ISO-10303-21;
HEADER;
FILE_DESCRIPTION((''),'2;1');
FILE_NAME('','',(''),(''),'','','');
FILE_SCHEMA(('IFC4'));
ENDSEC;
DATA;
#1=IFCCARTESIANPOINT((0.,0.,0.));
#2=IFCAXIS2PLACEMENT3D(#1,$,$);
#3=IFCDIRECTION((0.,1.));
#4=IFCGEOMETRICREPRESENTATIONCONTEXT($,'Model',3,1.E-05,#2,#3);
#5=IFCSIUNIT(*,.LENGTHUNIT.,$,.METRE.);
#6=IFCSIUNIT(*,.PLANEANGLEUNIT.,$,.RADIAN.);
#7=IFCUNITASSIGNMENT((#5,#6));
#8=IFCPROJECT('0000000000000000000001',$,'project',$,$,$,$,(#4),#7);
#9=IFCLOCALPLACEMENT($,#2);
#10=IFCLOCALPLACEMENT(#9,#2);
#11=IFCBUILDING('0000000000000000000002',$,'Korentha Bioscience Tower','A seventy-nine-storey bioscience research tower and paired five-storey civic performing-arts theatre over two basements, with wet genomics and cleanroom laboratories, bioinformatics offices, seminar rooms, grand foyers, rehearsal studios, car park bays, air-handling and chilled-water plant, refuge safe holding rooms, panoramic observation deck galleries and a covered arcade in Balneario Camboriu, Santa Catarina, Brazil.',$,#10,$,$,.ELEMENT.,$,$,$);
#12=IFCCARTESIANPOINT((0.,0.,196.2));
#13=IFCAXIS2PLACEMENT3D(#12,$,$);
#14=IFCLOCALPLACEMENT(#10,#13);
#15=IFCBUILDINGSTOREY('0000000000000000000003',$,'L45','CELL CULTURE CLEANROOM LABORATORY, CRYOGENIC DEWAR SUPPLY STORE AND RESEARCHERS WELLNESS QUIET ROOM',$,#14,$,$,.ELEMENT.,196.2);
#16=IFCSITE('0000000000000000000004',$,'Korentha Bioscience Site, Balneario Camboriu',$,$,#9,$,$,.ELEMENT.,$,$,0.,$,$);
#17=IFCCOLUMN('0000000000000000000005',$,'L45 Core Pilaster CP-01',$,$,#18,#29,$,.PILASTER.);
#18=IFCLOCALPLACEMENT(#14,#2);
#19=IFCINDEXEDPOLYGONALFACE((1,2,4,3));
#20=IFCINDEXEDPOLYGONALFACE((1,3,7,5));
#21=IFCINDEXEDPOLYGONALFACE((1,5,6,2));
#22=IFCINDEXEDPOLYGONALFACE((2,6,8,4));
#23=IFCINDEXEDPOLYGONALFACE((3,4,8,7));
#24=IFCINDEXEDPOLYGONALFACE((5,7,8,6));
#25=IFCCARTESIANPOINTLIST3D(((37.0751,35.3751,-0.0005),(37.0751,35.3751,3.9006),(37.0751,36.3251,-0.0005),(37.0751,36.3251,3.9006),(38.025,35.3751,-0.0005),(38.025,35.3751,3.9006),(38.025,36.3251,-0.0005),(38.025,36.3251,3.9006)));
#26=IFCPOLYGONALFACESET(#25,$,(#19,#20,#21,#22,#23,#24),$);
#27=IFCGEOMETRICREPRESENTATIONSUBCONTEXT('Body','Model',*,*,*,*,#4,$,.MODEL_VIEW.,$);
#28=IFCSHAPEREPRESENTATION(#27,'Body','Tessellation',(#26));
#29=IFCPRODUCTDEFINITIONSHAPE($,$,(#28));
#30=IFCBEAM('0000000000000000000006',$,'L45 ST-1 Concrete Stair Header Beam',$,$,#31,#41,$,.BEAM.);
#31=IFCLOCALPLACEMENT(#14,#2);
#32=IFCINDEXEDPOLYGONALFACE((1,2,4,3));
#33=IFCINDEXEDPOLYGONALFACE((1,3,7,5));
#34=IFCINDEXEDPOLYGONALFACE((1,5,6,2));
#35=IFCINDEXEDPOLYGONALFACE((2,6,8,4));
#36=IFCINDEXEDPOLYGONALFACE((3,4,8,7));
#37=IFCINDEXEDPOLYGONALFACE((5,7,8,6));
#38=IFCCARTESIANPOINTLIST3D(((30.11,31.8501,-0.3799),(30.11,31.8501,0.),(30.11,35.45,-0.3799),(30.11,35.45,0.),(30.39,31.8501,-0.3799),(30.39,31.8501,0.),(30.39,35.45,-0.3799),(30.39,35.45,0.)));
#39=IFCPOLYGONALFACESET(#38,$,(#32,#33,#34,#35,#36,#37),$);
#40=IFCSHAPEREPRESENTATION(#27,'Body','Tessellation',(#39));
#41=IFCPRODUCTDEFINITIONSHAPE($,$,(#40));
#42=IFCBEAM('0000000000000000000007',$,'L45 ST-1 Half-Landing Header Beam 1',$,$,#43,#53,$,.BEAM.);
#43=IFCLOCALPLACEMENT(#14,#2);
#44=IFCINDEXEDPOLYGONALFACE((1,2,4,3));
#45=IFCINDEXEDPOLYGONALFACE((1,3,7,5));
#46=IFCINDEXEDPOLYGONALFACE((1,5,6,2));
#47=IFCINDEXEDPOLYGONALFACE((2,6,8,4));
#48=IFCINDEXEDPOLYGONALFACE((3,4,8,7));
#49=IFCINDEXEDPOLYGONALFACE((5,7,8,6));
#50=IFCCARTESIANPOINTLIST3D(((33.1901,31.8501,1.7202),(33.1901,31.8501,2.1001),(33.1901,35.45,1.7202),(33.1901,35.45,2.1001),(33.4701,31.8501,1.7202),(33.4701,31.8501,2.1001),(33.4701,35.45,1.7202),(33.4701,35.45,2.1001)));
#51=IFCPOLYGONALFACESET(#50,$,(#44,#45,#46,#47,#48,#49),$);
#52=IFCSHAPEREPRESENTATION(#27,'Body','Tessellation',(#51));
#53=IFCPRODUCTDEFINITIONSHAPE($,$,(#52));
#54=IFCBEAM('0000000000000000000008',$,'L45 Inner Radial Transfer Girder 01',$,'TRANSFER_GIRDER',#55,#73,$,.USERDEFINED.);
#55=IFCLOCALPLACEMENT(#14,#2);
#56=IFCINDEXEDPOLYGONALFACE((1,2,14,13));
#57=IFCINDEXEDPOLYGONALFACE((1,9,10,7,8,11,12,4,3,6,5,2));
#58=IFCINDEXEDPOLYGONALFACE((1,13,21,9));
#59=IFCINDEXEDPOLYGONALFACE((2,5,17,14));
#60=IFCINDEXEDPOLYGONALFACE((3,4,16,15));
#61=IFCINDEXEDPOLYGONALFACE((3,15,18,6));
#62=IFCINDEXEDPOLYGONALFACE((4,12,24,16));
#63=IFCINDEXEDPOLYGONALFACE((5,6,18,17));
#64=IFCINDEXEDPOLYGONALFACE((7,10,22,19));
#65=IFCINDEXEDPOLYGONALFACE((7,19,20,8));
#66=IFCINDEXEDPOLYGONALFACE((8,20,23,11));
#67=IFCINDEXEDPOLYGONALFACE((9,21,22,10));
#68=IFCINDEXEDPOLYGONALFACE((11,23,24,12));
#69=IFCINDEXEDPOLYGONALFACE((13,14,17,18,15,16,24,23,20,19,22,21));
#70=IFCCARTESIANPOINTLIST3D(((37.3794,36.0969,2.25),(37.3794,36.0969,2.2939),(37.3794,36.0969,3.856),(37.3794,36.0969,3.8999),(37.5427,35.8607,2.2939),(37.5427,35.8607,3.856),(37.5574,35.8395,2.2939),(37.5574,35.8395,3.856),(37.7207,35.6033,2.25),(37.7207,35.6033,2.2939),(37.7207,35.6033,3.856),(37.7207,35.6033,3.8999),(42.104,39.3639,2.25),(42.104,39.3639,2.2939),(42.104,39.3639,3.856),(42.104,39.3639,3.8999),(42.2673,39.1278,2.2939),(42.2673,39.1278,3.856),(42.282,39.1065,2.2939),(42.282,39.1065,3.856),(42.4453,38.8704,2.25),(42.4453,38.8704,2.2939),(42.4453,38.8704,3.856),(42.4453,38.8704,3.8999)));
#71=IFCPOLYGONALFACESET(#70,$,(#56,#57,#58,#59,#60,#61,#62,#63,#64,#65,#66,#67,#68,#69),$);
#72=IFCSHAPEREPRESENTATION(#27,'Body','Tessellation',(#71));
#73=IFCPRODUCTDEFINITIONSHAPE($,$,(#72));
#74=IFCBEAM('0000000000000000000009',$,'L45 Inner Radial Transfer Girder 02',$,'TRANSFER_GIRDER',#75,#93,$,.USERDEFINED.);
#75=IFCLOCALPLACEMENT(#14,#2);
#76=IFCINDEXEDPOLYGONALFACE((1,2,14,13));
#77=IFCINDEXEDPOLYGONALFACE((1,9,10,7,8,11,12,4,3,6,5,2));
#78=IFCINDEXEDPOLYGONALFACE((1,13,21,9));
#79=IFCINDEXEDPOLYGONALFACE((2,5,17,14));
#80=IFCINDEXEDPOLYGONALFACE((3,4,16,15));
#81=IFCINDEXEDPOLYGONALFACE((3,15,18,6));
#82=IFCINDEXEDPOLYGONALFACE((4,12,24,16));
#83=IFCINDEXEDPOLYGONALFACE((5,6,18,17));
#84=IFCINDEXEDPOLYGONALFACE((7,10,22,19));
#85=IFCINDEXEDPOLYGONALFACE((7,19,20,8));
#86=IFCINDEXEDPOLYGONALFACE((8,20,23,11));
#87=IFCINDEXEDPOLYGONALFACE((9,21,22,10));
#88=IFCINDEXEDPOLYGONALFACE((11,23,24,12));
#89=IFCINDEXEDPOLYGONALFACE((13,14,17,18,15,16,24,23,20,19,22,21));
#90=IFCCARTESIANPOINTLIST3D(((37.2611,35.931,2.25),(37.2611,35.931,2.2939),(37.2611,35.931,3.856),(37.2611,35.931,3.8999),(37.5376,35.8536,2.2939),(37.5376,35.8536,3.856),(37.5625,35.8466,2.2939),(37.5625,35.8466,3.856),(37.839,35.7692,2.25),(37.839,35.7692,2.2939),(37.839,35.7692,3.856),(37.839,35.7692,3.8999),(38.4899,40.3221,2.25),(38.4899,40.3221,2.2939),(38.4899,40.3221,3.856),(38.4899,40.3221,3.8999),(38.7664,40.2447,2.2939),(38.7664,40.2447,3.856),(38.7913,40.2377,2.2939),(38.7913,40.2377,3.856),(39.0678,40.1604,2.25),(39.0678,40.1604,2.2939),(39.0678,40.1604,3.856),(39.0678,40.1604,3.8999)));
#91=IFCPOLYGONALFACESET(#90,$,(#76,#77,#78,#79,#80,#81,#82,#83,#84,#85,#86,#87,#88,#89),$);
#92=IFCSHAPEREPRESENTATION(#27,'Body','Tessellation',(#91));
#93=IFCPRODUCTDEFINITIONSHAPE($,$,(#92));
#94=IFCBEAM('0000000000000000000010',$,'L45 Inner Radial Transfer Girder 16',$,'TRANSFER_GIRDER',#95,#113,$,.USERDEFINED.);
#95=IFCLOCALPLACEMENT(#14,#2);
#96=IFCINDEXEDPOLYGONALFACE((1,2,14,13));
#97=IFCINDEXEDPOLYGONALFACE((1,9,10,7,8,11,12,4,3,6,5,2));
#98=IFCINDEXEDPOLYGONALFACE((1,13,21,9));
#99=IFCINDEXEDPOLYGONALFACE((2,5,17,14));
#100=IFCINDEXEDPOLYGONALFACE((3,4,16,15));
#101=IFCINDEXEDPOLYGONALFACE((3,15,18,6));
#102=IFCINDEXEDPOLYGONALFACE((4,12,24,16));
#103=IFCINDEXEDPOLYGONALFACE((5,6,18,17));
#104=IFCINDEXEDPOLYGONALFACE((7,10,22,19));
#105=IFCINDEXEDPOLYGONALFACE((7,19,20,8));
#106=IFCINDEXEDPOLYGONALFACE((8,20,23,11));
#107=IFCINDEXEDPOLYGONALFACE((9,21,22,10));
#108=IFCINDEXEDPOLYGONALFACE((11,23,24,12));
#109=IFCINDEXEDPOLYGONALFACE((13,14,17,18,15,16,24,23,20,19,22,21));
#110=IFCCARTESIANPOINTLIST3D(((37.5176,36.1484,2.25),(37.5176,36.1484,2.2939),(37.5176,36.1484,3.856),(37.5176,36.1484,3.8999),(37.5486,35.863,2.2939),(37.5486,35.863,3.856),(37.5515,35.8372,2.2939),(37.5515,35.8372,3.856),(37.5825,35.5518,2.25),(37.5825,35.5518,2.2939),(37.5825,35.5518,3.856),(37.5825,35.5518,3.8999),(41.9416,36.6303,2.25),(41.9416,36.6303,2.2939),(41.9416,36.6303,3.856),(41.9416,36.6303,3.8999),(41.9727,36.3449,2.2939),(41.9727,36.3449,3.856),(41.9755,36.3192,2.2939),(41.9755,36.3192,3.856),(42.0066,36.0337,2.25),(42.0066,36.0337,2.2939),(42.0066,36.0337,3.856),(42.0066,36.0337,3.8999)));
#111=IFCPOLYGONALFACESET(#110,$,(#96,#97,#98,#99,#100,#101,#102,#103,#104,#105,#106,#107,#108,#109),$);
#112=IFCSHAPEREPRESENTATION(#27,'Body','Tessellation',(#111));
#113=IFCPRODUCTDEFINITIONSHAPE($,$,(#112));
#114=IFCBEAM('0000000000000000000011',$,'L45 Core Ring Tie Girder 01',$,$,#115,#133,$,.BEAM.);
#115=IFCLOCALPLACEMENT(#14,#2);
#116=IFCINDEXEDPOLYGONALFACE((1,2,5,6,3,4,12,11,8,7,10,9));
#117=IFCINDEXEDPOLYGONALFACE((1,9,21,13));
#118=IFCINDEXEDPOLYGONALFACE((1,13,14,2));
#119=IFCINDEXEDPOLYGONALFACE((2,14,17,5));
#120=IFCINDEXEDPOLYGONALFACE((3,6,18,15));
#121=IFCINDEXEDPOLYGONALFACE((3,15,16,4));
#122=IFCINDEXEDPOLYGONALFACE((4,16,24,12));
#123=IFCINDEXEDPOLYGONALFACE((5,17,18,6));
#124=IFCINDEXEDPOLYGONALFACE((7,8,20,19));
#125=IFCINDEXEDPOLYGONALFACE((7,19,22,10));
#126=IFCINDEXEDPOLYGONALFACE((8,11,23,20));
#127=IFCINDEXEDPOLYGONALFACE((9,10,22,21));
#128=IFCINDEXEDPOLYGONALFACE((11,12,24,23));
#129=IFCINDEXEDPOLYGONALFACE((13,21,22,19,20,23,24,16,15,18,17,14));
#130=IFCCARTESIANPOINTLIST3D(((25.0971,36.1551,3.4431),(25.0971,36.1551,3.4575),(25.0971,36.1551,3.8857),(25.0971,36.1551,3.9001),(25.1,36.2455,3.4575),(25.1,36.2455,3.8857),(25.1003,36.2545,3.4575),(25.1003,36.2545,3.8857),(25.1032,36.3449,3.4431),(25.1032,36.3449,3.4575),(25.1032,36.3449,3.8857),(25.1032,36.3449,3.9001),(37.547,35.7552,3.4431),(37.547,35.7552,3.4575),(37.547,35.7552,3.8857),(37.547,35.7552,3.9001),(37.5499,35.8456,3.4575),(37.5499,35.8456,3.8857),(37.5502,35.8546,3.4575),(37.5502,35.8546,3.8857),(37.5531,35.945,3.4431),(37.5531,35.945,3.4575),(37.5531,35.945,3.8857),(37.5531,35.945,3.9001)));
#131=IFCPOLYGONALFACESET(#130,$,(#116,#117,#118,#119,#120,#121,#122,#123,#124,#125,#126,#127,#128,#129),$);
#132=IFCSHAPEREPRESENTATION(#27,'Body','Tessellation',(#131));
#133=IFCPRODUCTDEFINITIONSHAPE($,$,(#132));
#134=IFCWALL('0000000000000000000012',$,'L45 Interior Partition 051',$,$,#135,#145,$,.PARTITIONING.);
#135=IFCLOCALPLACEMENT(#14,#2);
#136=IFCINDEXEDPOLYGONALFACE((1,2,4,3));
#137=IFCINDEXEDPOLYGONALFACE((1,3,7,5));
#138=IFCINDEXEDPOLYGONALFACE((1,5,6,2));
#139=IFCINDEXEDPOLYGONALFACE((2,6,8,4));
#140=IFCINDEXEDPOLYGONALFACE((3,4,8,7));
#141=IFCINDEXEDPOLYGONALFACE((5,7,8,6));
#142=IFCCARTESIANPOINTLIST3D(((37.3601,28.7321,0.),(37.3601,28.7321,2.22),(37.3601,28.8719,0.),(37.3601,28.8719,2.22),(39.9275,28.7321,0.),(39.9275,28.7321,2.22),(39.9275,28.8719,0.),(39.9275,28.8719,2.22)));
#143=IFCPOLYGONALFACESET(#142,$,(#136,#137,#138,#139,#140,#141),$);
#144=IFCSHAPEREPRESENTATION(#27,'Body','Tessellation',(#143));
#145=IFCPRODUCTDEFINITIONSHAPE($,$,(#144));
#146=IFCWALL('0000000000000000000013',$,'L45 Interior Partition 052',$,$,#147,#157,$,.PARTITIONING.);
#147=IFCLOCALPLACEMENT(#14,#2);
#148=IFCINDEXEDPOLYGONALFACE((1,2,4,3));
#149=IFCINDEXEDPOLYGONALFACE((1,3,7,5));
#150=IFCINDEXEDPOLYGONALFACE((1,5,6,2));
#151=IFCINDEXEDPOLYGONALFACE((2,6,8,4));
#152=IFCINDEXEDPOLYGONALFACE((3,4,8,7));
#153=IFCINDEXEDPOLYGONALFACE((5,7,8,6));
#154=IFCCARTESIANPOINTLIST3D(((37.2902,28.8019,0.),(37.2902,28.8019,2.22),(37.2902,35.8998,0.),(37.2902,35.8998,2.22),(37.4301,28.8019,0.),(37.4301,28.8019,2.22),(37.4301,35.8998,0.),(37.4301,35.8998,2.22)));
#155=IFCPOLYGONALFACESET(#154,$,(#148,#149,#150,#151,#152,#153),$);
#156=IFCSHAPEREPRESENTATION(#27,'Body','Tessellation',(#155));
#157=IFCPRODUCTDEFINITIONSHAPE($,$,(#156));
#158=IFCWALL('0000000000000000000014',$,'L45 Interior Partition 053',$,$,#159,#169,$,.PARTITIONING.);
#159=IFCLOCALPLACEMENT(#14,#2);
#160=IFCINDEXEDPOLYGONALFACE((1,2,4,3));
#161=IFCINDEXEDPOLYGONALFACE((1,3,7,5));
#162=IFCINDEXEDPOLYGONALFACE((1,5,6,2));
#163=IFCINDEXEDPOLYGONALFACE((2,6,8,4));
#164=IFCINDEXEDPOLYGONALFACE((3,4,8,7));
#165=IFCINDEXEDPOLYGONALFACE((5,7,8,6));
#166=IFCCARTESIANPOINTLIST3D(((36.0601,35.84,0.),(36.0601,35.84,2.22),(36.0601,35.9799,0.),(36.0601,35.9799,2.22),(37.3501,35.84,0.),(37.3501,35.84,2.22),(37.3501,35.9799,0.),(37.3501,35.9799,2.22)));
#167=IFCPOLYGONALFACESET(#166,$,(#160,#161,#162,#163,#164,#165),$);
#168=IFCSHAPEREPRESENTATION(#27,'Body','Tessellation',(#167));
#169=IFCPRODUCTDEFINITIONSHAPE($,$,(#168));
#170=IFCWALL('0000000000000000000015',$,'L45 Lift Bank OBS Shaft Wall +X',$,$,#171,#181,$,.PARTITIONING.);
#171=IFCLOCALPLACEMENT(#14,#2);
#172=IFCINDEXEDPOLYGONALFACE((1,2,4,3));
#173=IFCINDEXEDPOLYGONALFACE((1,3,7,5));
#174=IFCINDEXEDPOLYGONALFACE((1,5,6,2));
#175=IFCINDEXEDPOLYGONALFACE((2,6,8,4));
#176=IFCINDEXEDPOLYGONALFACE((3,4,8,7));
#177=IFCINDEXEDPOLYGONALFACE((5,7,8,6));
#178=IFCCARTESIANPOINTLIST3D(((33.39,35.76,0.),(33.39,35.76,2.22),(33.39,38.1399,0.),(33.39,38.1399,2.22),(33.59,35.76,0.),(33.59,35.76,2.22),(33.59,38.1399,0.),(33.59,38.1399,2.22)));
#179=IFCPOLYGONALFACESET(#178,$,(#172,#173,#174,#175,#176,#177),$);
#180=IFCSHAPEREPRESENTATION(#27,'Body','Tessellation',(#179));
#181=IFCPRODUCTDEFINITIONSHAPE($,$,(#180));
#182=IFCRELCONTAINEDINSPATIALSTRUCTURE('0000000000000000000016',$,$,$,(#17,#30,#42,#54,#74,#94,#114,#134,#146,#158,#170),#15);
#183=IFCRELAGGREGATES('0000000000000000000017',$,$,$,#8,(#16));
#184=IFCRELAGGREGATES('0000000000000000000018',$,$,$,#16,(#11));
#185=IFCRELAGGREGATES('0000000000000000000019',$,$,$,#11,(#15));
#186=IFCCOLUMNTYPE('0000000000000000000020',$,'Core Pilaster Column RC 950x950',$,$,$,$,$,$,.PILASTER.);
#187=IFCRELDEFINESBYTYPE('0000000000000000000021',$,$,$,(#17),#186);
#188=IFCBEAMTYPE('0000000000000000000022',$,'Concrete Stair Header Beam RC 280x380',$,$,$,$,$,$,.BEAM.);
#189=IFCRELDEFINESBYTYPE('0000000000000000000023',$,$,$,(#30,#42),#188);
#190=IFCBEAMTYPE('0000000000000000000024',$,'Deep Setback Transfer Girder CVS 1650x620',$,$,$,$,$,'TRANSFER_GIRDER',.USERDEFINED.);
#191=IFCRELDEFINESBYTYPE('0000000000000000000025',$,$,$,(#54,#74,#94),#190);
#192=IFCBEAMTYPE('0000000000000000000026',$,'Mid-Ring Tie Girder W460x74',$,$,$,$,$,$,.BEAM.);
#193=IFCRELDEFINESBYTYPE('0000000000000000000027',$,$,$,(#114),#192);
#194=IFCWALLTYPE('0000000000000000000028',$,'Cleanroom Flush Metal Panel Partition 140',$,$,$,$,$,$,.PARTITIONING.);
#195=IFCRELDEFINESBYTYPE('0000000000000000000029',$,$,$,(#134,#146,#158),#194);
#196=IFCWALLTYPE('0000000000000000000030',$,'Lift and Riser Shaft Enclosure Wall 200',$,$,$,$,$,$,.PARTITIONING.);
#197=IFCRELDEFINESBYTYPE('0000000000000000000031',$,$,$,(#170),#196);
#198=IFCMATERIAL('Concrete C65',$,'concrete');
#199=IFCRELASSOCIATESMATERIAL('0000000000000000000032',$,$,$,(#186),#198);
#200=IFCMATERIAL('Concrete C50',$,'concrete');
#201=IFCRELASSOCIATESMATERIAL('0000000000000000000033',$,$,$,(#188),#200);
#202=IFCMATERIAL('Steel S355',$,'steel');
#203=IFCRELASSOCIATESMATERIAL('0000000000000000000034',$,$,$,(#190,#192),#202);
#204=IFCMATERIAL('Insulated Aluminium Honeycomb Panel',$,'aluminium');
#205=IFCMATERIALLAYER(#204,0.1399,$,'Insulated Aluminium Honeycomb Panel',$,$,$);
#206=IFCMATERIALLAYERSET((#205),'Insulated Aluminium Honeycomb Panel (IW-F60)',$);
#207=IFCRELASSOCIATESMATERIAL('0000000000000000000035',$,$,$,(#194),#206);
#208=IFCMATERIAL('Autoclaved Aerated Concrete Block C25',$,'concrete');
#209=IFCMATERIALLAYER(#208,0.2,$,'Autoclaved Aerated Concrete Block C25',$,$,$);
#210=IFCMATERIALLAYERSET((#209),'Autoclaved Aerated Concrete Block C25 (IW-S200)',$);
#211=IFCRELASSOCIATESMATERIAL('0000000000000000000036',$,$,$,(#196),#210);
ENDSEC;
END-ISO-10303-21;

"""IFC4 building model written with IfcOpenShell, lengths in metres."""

from ifc_helpers import new_model, si_unit, direction, frame, frame_2d, origin, origin_2d, place, context, subcontext, project, spatial, rectangle, i_section, extrude, material, layer, layer_set, material_profile, profile_set, type_object, element, save


model = new_model("IFC4")

# Units and contexts
model_context = context("Model", 3, precision=1e-05, world=origin(), true_north=direction((0.0, 1.0)))
body_context = subcontext(model_context, "Body", "Model", "MODEL_VIEW")
ifc_project = project(units=[si_unit("LENGTHUNIT", "METRE"), si_unit("PLANEANGLEUNIT", "RADIAN")], contexts=[model_context])

# Site, building, storey
site_placement = place(None, origin())
site = spatial("IfcSite", under=ifc_project, at=site_placement, Name="Korentha Bioscience Site, Balneario Camboriu", CompositionType="ELEMENT", RefElevation=0.0)
building_placement = place(site_placement, origin())
building = spatial("IfcBuilding", under=site, at=building_placement, Name="Korentha Bioscience Tower", Description="A seventy-nine-storey bioscience research tower and paired five-storey civic performing-arts theatre over two basements, with wet genomics and cleanroom laboratories, bioinformatics offices, seminar rooms, grand foyers, rehearsal studios, car park bays, air-handling and chilled-water plant, refuge safe holding rooms, panoramic observation deck galleries and a covered arcade in Balneario Camboriu, Santa Catarina, Brazil.", CompositionType="ELEMENT")
storey_placement = place(building_placement, frame((0.0, 0.0, 196.2)))
storey = spatial("IfcBuildingStorey", under=building, at=storey_placement, Name="L45", Description="CELL CULTURE CLEANROOM LABORATORY, CRYOGENIC DEWAR SUPPLY STORE AND RESEARCHERS WELLNESS QUIET ROOM", CompositionType="ELEMENT", Elevation=196.2)

# Column
ifc_material_1 = material(Name="Concrete C65", Category="concrete")
ifc_material_profile_1 = material_profile(ifc_material_1, rectangle(XDim=0.95, YDim=0.95, at=origin_2d()), Name="Concrete C65")
ifc_profile_set_1 = profile_set([ifc_material_profile_1], Name="Concrete C65 (COL-CP09)")
column_type = type_object("IfcColumnType", Name="Core Pilaster Column RC 950x950", PredefinedType="PILASTER", material=ifc_profile_set_1)
column_placement = place(storey_placement, frame((37.55, 35.8501, -0.0005), z_axis=(0.0, 0.0, 1.0), x_axis=(1.0, 0.0, 0.0)))
element("IfcColumn", 1, at=column_placement, inside=storey, type_object=column_type, Name="L45 Core Pilaster CP-01", PredefinedType="PILASTER", context=body_context, shape_type="SweptSolid", body=[
    extrude(rectangle(XDim=0.95, YDim=0.95, at=origin_2d()), origin(), (0.0, 0.0, 1.0), 3.9011),
])

# Beams
ifc_material_2 = material(Name="Concrete C50", Category="concrete")
ifc_material_profile_2 = material_profile(ifc_material_2, rectangle(XDim=0.28, YDim=0.3799, at=origin_2d()), Name="Concrete C50")
ifc_profile_set_2 = profile_set([ifc_material_profile_2], Name="Concrete C50 (ST-HB380)")
beam_type_1 = type_object("IfcBeamType", Name="Concrete Stair Header Beam RC 280x380", PredefinedType="BEAM", material=ifc_profile_set_2)
for number, where, z_axis, x_axis, name in (
    (2, (30.25, 31.8501, -0.1899), (0.0, 1.0, 0.0), (-1.0, 0.0, 0.0), "L45 ST-1 Concrete Stair Header Beam"),
    (3, (33.3301, 31.8501, 1.9102), (0.0, 1.0, 0.0), (-1.0, 0.0, 0.0), "L45 ST-1 Half-Landing Header Beam 1"),
):
    element("IfcBeam", number, at=place(storey_placement, frame(where, z_axis=z_axis, x_axis=x_axis)), inside=storey, type_object=beam_type_1, Name=name, PredefinedType="BEAM", context=body_context, shape_type="SweptSolid", body=[
        extrude(rectangle(XDim=0.28, YDim=0.3799, at=origin_2d()), origin(), (0.0, 0.0, 1.0), 3.5999),
    ])
ifc_material_3 = material(Name="Steel S355", Category="steel")
ifc_material_profile_3 = material_profile(ifc_material_3, i_section(OverallWidth=0.6001, OverallDepth=1.6499, WebThickness=0.0259, FlangeThickness=0.0439, at=origin_2d()), Name="Steel S355")
ifc_profile_set_3 = profile_set([ifc_material_profile_3], Name="Steel S355 (TG-04)")
beam_type_2 = type_object("IfcBeamType", Name="Deep Setback Transfer Girder CVS 1650x620", ElementType="TRANSFER_GIRDER", PredefinedType="USERDEFINED", material=ifc_profile_set_3)
beam_1_placement = place(storey_placement, frame((37.55, 35.8501, 3.075), z_axis=(0.822501, 0.568763, 0.0), x_axis=(-0.568763, 0.822501, 0.0)))
element("IfcBeam", 4, at=beam_1_placement, inside=storey, type_object=beam_type_2, Name="L45 Inner Radial Transfer Girder 01", ObjectType="TRANSFER_GIRDER", PredefinedType="USERDEFINED", context=body_context, shape_type="SweptSolid", body=[
    extrude(i_section(OverallWidth=0.6001, OverallDepth=1.6499, WebThickness=0.0259, FlangeThickness=0.0439, at=origin_2d()), origin(), (0.0, 0.0, 1.0), 5.7441),
])
beam_2_placement = place(storey_placement, frame((37.55, 35.8501, 3.075), z_axis=(0.269477, 0.963007, 0.0), x_axis=(-0.963007, 0.269477, 0.0)))
element("IfcBeam", 5, at=beam_2_placement, inside=storey, type_object=beam_type_2, Name="L45 Inner Radial Transfer Girder 02", ObjectType="TRANSFER_GIRDER", PredefinedType="USERDEFINED", context=body_context, shape_type="SweptSolid", body=[
    extrude(i_section(OverallWidth=0.6001, OverallDepth=1.6499, WebThickness=0.0259, FlangeThickness=0.0439, at=origin_2d()), origin(), (0.0, 0.0, 1.0), 4.5598),
])
beam_3_placement = place(storey_placement, frame((37.55, 35.8501, 3.075), z_axis=(0.994119, 0.108294, 0.0), x_axis=(-0.108294, 0.994119, 0.0)))
element("IfcBeam", 6, at=beam_3_placement, inside=storey, type_object=beam_type_2, Name="L45 Inner Radial Transfer Girder 16", ObjectType="TRANSFER_GIRDER", PredefinedType="USERDEFINED", context=body_context, shape_type="SweptSolid", body=[
    extrude(i_section(OverallWidth=0.6001, OverallDepth=1.6499, WebThickness=0.0259, FlangeThickness=0.0439, at=origin_2d()), origin(), (0.0, 0.0, 1.0), 4.4502),
])
ifc_material_profile_4 = material_profile(ifc_material_3, i_section(OverallWidth=0.1899, OverallDepth=0.457, WebThickness=0.009, FlangeThickness=0.0144, at=origin_2d()), Name="Steel S355")
ifc_profile_set_4 = profile_set([ifc_material_profile_4], Name="Steel S355 (MB-460)")
beam_type_3 = type_object("IfcBeamType", Name="Mid-Ring Tie Girder W460x74", PredefinedType="BEAM", material=ifc_profile_set_4)
beam_4_placement = place(storey_placement, frame((37.55, 35.8501, 3.6716), z_axis=(-0.999485, 0.032104, 0.0), x_axis=(-0.032104, -0.999485, 0.0)))
element("IfcBeam", 7, at=beam_4_placement, inside=storey, type_object=beam_type_3, Name="L45 Core Ring Tie Girder 01", PredefinedType="BEAM", context=body_context, shape_type="SweptSolid", body=[
    extrude(i_section(OverallWidth=0.1899, OverallDepth=0.457, WebThickness=0.009, FlangeThickness=0.0144, at=origin_2d()), origin(), (0.0, 0.0, 1.0), 12.4563),
])

# Walls
ifc_material_4 = material(Name="Insulated Aluminium Honeycomb Panel", Category="aluminium")
ifc_layer_1 = layer(ifc_material_4, 0.1399, Name="Insulated Aluminium Honeycomb Panel")
ifc_layer_set_1 = layer_set([ifc_layer_1], Name="Insulated Aluminium Honeycomb Panel (IW-F60)")
wall_type_1 = type_object("IfcWallType", Name="Cleanroom Flush Metal Panel Partition 140", PredefinedType="PARTITIONING", material=ifc_layer_set_1)
wall_1_placement = place(storey_placement, frame((39.9275, 28.802, 0.0), z_axis=(0.0, 0.0, 1.0), x_axis=(-1.0, 0.0, 0.0)))
element("IfcWall", 8, at=wall_1_placement, inside=storey, type_object=wall_type_1, Name="L45 Interior Partition 051", PredefinedType="PARTITIONING", context=body_context, shape_type="SweptSolid", body=[
    extrude(rectangle(XDim=2.5674, YDim=0.1399, at=frame_2d((1.2837, 0.0))), origin(), (0.0, 0.0, 1.0), 2.22),
])
wall_2_placement = place(storey_placement, frame((37.3601, 28.802, 0.0), z_axis=(0.0, 0.0, 1.0), x_axis=(0.0, 1.0, 0.0)))
element("IfcWall", 9, at=wall_2_placement, inside=storey, type_object=wall_type_1, Name="L45 Interior Partition 052", PredefinedType="PARTITIONING", context=body_context, shape_type="SweptSolid", body=[
    extrude(rectangle(XDim=7.0979, YDim=0.1399, at=frame_2d((3.5488, 0.0))), origin(), (0.0, 0.0, 1.0), 2.22),
])
wall_3_placement = place(storey_placement, frame((37.3501, 35.9099, 0.0), z_axis=(0.0, 0.0, 1.0), x_axis=(-1.0, 0.0, 0.0)))
element("IfcWall", 10, at=wall_3_placement, inside=storey, type_object=wall_type_1, Name="L45 Interior Partition 053", PredefinedType="PARTITIONING", context=body_context, shape_type="SweptSolid", body=[
    extrude(rectangle(XDim=1.29, YDim=0.1399, at=frame_2d((0.645, 0.0))), origin(), (0.0, 0.0, 1.0), 2.22),
])
ifc_material_5 = material(Name="Autoclaved Aerated Concrete Block C25", Category="concrete")
ifc_layer_2 = layer(ifc_material_5, 0.2, Name="Autoclaved Aerated Concrete Block C25")
ifc_layer_set_2 = layer_set([ifc_layer_2], Name="Autoclaved Aerated Concrete Block C25 (IW-S200)")
wall_type_2 = type_object("IfcWallType", Name="Lift and Riser Shaft Enclosure Wall 200", PredefinedType="PARTITIONING", material=ifc_layer_set_2)
wall_4_placement = place(storey_placement, frame((33.49, 35.76, 0.0), z_axis=(0.0, 0.0, 1.0), x_axis=(0.0, 1.0, 0.0)))
element("IfcWall", 11, at=wall_4_placement, inside=storey, type_object=wall_type_2, Name="L45 Lift Bank OBS Shaft Wall +X", PredefinedType="PARTITIONING", context=body_context, shape_type="SweptSolid", body=[
    extrude(rectangle(XDim=2.3799, YDim=0.2, at=frame_2d((1.1899, 0.0))), origin(), (0.0, 0.0, 1.0), 2.22),
])

save(model, "model.ifc")
